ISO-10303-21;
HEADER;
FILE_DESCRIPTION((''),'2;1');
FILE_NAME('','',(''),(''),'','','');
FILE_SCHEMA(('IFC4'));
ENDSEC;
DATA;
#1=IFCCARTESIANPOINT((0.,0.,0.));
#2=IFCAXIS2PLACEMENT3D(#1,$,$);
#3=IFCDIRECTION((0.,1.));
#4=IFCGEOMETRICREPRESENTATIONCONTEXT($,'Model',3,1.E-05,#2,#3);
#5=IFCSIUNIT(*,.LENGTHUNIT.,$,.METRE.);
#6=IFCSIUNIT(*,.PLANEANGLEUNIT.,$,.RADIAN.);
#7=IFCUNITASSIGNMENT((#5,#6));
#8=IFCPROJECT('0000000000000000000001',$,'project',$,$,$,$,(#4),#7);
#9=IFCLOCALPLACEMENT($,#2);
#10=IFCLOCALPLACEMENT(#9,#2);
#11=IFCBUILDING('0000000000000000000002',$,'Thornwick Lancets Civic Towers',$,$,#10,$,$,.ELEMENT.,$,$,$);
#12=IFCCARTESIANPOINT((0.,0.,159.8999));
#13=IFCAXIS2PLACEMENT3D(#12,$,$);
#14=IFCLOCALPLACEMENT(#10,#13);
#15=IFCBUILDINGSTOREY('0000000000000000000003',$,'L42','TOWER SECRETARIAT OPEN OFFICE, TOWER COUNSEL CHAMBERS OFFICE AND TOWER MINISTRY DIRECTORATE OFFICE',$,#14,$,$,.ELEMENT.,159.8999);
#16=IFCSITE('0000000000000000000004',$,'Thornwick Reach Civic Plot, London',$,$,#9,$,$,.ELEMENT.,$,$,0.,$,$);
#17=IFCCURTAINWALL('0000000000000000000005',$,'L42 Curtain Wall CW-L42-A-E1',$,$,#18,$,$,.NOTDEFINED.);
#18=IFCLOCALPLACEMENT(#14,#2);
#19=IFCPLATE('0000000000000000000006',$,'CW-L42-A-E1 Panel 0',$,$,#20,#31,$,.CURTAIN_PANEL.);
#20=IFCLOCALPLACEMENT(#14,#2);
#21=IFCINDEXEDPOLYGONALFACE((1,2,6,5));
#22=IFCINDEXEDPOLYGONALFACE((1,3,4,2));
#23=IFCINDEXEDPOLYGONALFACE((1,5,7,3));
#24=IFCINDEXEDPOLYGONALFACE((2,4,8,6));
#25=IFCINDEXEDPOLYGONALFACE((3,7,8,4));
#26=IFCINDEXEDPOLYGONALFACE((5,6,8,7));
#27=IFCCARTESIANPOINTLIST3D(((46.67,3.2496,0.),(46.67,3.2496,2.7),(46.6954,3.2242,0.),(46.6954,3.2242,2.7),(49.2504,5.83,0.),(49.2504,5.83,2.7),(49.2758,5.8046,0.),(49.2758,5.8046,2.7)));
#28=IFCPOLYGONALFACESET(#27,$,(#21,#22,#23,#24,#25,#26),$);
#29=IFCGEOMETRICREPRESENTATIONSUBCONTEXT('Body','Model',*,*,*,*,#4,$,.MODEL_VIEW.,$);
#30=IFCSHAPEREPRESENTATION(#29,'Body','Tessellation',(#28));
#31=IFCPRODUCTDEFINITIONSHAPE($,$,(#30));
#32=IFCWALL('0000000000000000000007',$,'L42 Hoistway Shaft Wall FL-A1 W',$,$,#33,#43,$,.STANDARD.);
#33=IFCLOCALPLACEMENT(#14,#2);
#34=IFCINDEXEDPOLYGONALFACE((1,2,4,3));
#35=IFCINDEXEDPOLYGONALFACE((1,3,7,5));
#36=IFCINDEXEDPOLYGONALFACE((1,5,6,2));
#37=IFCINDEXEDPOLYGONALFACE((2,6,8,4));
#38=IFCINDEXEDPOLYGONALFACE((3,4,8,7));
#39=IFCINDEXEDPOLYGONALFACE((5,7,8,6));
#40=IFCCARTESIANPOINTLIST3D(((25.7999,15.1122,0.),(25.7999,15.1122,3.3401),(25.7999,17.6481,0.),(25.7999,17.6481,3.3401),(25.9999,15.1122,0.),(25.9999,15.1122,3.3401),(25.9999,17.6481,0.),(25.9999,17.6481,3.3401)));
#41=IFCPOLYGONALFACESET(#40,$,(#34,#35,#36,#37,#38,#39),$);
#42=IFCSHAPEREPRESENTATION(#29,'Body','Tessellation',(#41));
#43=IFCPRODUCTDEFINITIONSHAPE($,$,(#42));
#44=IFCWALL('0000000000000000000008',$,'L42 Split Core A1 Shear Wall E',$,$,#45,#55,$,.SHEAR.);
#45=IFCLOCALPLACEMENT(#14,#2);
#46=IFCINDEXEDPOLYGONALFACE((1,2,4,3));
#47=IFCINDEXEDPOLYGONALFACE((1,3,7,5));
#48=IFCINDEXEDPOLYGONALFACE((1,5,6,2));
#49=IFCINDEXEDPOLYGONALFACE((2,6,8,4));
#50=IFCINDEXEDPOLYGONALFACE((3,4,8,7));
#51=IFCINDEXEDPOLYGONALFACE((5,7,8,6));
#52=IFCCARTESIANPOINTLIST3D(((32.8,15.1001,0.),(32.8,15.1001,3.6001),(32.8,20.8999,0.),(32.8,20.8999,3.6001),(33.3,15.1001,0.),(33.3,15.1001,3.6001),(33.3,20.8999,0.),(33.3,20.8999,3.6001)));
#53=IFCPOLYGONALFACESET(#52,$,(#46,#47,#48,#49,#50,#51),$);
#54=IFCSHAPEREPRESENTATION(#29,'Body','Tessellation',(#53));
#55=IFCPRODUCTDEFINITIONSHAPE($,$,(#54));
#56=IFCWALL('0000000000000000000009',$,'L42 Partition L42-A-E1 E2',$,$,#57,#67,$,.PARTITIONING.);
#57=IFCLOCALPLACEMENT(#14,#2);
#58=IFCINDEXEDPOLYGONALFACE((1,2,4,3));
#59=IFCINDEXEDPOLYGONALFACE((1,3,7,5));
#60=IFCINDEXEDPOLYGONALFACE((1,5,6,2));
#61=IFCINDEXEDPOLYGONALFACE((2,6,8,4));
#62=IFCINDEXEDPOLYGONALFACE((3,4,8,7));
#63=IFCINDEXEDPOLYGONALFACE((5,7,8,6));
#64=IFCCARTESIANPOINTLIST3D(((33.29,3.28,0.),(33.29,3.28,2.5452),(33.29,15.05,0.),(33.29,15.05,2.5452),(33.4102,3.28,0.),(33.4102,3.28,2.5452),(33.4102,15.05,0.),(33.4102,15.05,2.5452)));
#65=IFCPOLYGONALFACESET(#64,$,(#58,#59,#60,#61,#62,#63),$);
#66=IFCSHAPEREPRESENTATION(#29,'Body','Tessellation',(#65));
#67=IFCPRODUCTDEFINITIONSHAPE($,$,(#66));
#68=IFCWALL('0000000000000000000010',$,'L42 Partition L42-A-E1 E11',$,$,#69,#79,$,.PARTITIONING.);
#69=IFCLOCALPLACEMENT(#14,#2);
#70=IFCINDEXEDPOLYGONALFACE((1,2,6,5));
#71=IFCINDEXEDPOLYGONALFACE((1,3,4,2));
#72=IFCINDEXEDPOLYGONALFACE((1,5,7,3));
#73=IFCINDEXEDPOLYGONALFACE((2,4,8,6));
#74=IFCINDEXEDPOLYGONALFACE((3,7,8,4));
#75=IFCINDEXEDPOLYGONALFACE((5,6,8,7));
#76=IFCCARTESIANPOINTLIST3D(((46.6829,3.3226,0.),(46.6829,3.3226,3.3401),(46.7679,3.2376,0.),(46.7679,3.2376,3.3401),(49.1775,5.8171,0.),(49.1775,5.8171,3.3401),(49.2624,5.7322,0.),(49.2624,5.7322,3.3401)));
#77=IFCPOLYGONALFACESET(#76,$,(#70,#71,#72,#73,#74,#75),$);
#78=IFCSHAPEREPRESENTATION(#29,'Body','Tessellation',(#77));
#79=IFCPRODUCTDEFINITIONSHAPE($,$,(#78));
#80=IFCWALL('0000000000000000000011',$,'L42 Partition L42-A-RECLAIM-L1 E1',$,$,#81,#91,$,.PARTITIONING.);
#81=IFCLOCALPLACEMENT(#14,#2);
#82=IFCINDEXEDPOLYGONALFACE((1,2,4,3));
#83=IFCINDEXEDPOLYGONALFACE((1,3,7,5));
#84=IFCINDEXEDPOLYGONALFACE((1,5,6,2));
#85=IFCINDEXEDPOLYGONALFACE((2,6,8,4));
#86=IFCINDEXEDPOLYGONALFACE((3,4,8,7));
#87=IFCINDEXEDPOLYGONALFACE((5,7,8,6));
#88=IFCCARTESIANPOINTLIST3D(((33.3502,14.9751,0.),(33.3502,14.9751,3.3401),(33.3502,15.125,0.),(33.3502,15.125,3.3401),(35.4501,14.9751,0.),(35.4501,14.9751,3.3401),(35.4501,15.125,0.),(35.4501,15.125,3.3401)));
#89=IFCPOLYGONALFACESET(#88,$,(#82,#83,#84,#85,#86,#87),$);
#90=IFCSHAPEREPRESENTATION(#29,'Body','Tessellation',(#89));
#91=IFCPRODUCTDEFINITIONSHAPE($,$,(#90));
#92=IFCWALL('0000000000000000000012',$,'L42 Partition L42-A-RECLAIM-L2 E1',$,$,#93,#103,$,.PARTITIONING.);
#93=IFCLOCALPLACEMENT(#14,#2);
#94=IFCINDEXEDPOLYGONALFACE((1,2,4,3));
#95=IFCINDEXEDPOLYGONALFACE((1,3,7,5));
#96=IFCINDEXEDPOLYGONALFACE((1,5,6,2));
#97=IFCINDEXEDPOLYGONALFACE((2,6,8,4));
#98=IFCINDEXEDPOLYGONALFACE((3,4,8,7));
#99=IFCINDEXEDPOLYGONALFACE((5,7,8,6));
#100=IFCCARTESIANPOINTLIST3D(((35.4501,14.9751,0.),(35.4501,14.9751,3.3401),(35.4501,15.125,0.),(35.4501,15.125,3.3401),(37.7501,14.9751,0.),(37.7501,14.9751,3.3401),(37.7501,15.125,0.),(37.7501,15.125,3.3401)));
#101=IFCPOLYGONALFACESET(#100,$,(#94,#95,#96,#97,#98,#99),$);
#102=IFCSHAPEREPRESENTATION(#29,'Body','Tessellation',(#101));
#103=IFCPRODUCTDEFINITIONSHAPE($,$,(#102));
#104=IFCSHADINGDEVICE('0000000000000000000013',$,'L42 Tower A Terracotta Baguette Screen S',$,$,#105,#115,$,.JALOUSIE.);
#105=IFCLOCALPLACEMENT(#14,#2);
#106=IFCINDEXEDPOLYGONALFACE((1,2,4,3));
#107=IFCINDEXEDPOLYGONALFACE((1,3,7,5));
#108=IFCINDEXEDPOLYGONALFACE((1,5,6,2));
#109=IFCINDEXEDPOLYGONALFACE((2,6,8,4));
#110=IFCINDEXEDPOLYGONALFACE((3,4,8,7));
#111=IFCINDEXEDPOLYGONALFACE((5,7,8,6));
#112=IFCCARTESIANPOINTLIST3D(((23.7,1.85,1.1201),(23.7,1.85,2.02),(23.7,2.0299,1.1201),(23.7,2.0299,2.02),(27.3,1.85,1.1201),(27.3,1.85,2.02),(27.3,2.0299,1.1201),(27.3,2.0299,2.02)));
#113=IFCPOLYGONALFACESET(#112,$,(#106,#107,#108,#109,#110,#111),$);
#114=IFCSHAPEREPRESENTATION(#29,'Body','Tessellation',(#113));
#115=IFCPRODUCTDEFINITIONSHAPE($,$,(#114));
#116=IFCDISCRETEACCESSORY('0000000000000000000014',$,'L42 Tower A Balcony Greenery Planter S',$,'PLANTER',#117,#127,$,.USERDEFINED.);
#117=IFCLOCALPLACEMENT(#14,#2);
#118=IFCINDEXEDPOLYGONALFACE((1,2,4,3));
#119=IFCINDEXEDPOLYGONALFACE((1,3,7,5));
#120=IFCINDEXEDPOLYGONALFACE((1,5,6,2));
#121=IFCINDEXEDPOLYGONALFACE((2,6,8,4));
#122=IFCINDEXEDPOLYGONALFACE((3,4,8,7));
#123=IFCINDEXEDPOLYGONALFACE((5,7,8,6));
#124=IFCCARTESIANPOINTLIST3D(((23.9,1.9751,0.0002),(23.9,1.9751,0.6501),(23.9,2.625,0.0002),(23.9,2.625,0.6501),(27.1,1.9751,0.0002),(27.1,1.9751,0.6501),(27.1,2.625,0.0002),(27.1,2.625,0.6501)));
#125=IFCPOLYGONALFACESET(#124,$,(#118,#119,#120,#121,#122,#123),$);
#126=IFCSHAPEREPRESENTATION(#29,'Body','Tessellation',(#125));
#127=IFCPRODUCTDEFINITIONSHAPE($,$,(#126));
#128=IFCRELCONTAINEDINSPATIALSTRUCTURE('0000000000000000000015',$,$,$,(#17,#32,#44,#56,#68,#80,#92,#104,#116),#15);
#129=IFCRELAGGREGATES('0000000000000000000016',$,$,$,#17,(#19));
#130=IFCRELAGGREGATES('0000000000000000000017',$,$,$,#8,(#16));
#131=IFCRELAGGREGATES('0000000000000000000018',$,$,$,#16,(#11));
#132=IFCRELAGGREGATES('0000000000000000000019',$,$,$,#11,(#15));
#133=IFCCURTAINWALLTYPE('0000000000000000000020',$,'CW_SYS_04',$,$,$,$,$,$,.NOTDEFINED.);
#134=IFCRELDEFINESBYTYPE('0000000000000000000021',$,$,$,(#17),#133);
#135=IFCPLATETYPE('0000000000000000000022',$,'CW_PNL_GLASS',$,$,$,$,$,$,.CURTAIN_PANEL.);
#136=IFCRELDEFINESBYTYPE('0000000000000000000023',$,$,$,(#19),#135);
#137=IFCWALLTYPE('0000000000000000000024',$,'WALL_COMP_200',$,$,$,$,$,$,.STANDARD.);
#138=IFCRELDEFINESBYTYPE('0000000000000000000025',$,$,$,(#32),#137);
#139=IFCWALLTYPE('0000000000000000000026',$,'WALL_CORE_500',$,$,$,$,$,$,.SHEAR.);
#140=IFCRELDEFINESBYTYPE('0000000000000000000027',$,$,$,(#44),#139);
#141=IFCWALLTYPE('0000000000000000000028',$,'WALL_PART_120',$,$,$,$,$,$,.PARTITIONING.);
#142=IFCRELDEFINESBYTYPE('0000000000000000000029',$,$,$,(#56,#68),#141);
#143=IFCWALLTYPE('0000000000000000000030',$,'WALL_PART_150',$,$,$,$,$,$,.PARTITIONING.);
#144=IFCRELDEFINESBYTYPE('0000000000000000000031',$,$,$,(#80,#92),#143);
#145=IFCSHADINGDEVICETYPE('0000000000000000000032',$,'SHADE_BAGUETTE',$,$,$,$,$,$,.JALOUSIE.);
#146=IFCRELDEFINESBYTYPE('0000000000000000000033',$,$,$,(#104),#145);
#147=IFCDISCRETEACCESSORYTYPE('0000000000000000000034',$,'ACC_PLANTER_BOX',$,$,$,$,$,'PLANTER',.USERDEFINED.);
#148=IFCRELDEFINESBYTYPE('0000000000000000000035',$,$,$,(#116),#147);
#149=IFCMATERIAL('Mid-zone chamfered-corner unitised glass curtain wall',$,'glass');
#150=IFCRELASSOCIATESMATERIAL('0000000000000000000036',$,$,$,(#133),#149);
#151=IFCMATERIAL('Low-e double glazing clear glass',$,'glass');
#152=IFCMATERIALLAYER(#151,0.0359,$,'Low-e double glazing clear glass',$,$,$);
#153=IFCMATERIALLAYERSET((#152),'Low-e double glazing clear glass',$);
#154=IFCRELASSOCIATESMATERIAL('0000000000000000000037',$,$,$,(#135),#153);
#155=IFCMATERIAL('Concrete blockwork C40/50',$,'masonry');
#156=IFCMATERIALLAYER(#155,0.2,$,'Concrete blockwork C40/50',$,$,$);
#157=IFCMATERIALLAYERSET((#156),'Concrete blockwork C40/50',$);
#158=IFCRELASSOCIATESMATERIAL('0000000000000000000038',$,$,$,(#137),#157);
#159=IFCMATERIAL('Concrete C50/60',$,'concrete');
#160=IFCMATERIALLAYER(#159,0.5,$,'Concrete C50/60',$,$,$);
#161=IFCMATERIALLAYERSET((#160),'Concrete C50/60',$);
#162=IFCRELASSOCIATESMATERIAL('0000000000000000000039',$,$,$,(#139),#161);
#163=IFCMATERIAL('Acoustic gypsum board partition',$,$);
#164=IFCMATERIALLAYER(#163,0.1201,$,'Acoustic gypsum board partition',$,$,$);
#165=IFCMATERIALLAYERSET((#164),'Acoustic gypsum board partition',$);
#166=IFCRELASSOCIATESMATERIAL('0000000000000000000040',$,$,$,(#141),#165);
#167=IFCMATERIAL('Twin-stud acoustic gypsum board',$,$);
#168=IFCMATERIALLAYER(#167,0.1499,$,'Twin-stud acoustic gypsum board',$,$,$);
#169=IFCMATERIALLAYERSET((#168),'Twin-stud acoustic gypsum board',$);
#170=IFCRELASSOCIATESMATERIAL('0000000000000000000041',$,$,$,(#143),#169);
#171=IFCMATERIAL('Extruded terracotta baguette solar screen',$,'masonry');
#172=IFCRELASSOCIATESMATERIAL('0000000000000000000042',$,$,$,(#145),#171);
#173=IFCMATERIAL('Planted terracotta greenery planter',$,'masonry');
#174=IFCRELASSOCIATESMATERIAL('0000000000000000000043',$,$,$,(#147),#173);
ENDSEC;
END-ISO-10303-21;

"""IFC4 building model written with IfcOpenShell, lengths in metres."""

from ifc_helpers import new_model, si_unit, direction, frame, frame_2d, origin, origin_2d, place, context, subcontext, project, spatial, rectangle, extrude, material, layer, layer_set, type_object, element, aggregate, save


model = new_model("IFC4")

# Units and contexts
model_context = context("Model", 3, precision=1e-05, world=origin(), true_north=direction((0.0, 1.0)))
body_context = subcontext(model_context, "Body", "Model", "MODEL_VIEW")
ifc_project = project(units=[si_unit("LENGTHUNIT", "METRE"), si_unit("PLANEANGLEUNIT", "RADIAN")], contexts=[model_context])

# Site, building, storey
site_placement = place(None, origin())
site = spatial("IfcSite", under=ifc_project, at=site_placement, Name="Thornwick Reach Civic Plot, London", CompositionType="ELEMENT", RefElevation=0.0)
building_placement = place(site_placement, origin())
building = spatial("IfcBuilding", under=site, at=building_placement, Name="Thornwick Lancets Civic Towers", CompositionType="ELEMENT")
storey_placement = place(building_placement, frame((0.0, 0.0, 159.8999)))
storey = spatial("IfcBuildingStorey", under=building, at=storey_placement, Name="L42", Description="TOWER SECRETARIAT OPEN OFFICE, TOWER COUNSEL CHAMBERS OFFICE AND TOWER MINISTRY DIRECTORATE OFFICE", CompositionType="ELEMENT", Elevation=159.8999)

# Shared definitions
ifc_material_1 = material(Name="Concrete C50/60", Category="concrete")

# Curtain wall, plate
ifc_material_2 = material(Name="Mid-zone chamfered-corner unitised glass curtain wall", Category="glass")
curtain_wall_type = type_object("IfcCurtainWallType", Name="CW_SYS_04", PredefinedType="NOTDEFINED", material=ifc_material_2)
curtain_wall_placement = place(storey_placement, origin())
curtain_wall = element("IfcCurtainWall", 1, at=curtain_wall_placement, inside=storey, type_object=curtain_wall_type, Name="L42 Curtain Wall CW-L42-A-E1", PredefinedType="NOTDEFINED")
ifc_material_3 = material(Name="Low-e double glazing clear glass", Category="glass")
ifc_layer_1 = layer(ifc_material_3, 0.0359, Name="Low-e double glazing clear glass")
ifc_layer_set_1 = layer_set([ifc_layer_1], Name="Low-e double glazing clear glass")
plate_type = type_object("IfcPlateType", Name="CW_PNL_GLASS", PredefinedType="CURTAIN_PANEL", material=ifc_layer_set_1)
plate_placement = place(storey_placement, frame((47.9729, 4.5271, 0.0), z_axis=(0.0, 0.0, 1.0), x_axis=(0.707107, 0.707107, 0.0)))
plate = element("IfcPlate", 2, at=plate_placement, type_object=plate_type, Name="CW-L42-A-E1 Panel 0", PredefinedType="CURTAIN_PANEL", context=body_context, shape_type="SweptSolid", body=[
    extrude(rectangle(XDim=3.6492, YDim=0.0359, at=origin_2d()), origin(), (0.0, 0.0, 1.0), 2.7),
])
aggregate(curtain_wall, [plate])

# Walls
ifc_material_4 = material(Name="Concrete blockwork C40/50", Category="masonry")
ifc_layer_2 = layer(ifc_material_4, 0.2, Name="Concrete blockwork C40/50")
ifc_layer_set_2 = layer_set([ifc_layer_2], Name="Concrete blockwork C40/50")
wall_type_1 = type_object("IfcWallType", Name="WALL_COMP_200", PredefinedType="STANDARD", material=ifc_layer_set_2)
wall_1_placement = place(storey_placement, frame((25.8999, 15.1121, 0.0), z_axis=(0.0, 0.0, 1.0), x_axis=(0.0, 1.0, 0.0)))
element("IfcWall", 3, at=wall_1_placement, inside=storey, type_object=wall_type_1, Name="L42 Hoistway Shaft Wall FL-A1 W", PredefinedType="STANDARD", context=body_context, shape_type="SweptSolid", body=[
    extrude(rectangle(XDim=2.5359, YDim=0.2, at=frame_2d((1.2681, 0.0))), origin(), (0.0, 0.0, 1.0), 3.3401),
])
ifc_layer_3 = layer(ifc_material_1, 0.5, Name="Concrete C50/60")
ifc_layer_set_3 = layer_set([ifc_layer_3], Name="Concrete C50/60")
wall_type_2 = type_object("IfcWallType", Name="WALL_CORE_500", PredefinedType="SHEAR", material=ifc_layer_set_3)
wall_2_placement = place(storey_placement, frame((33.05, 15.1001, 0.0), z_axis=(0.0, 0.0, 1.0), x_axis=(0.0, 1.0, 0.0)))
element("IfcWall", 4, at=wall_2_placement, inside=storey, type_object=wall_type_2, Name="L42 Split Core A1 Shear Wall E", PredefinedType="SHEAR", context=body_context, shape_type="SweptSolid", body=[
    extrude(rectangle(XDim=5.7998, YDim=0.5, at=frame_2d((2.8999, 0.0))), origin(), (0.0, 0.0, 1.0), 3.6001),
])
ifc_material_5 = material(Name="Acoustic gypsum board partition")
ifc_layer_4 = layer(ifc_material_5, 0.1201, Name="Acoustic gypsum board partition")
ifc_layer_set_4 = layer_set([ifc_layer_4], Name="Acoustic gypsum board partition")
wall_type_3 = type_object("IfcWallType", Name="WALL_PART_120", PredefinedType="PARTITIONING", material=ifc_layer_set_4)
wall_3_placement = place(storey_placement, frame((33.3501, 3.28, 0.0), z_axis=(0.0, 0.0, 1.0), x_axis=(0.0, 1.0, 0.0)))
element("IfcWall", 5, at=wall_3_placement, inside=storey, type_object=wall_type_3, Name="L42 Partition L42-A-E1 E2", PredefinedType="PARTITIONING", context=body_context, shape_type="SweptSolid", body=[
    extrude(rectangle(XDim=11.77, YDim=0.1201, at=frame_2d((5.885, 0.0))), origin(), (0.0, 0.0, 1.0), 2.5452),
])
wall_4_placement = place(storey_placement, frame((49.22, 5.7747, 0.0), z_axis=(0.0, 0.0, 1.0), x_axis=(-0.707107, -0.707107, 0.0)))
element("IfcWall", 6, at=wall_4_placement, inside=storey, type_object=wall_type_3, Name="L42 Partition L42-A-E1 E11", PredefinedType="PARTITIONING", context=body_context, shape_type="SweptSolid", body=[
    extrude(rectangle(XDim=3.5278, YDim=0.1201, at=frame_2d((1.7639, 0.0))), origin(), (0.0, 0.0, 1.0), 3.3401),
])
ifc_material_6 = material(Name="Twin-stud acoustic gypsum board")
ifc_layer_5 = layer(ifc_material_6, 0.1499, Name="Twin-stud acoustic gypsum board")
ifc_layer_set_5 = layer_set([ifc_layer_5], Name="Twin-stud acoustic gypsum board")
wall_type_4 = type_object("IfcWallType", Name="WALL_PART_150", PredefinedType="PARTITIONING", material=ifc_layer_set_5)
wall_5_placement = place(storey_placement, frame((35.45, 15.05, 0.0), z_axis=(0.0, 0.0, 1.0), x_axis=(-1.0, 0.0, 0.0)))
element("IfcWall", 7, at=wall_5_placement, inside=storey, type_object=wall_type_4, Name="L42 Partition L42-A-RECLAIM-L1 E1", PredefinedType="PARTITIONING", context=body_context, shape_type="SweptSolid", body=[
    extrude(rectangle(XDim=2.0999, YDim=0.1499, at=frame_2d((1.0498, 0.0))), origin(), (0.0, 0.0, 1.0), 3.3401),
])
wall_6_placement = place(storey_placement, frame((37.75, 15.05, 0.0), z_axis=(0.0, 0.0, 1.0), x_axis=(-1.0, 0.0, 0.0)))
element("IfcWall", 8, at=wall_6_placement, inside=storey, type_object=wall_type_4, Name="L42 Partition L42-A-RECLAIM-L2 E1", PredefinedType="PARTITIONING", context=body_context, shape_type="SweptSolid", body=[
    extrude(rectangle(XDim=2.3, YDim=0.1499, at=frame_2d((1.1499, 0.0))), origin(), (0.0, 0.0, 1.0), 3.3401),
])

# Shading device
ifc_material_7 = material(Name="Extruded terracotta baguette solar screen", Category="masonry")
shading_device_type = type_object("IfcShadingDeviceType", Name="SHADE_BAGUETTE", PredefinedType="JALOUSIE", material=ifc_material_7)
shading_device_placement = place(storey_placement, frame((25.5, 1.9399, 1.1201), z_axis=(0.0, 0.0, 1.0), x_axis=(1.0, 0.0, 0.0)))
element("IfcShadingDevice", 9, at=shading_device_placement, inside=storey, type_object=shading_device_type, Name="L42 Tower A Terracotta Baguette Screen S", PredefinedType="JALOUSIE", context=body_context, shape_type="SweptSolid", body=[
    extrude(rectangle(XDim=3.6001, YDim=0.1799, at=origin_2d()), origin(), (0.0, 0.0, 1.0), 0.8999),
])

# Discrete accessory
ifc_material_8 = material(Name="Planted terracotta greenery planter", Category="masonry")
discrete_accessory_type = type_object("IfcDiscreteAccessoryType", Name="ACC_PLANTER_BOX", ElementType="PLANTER", PredefinedType="USERDEFINED", material=ifc_material_8)
discrete_accessory_placement = place(storey_placement, frame((25.5, 2.3, 0.0002), z_axis=(0.0, 0.0, 1.0), x_axis=(1.0, 0.0, 0.0)))
element("IfcDiscreteAccessory", 10, at=discrete_accessory_placement, inside=storey, type_object=discrete_accessory_type, Name="L42 Tower A Balcony Greenery Planter S", ObjectType="PLANTER", PredefinedType="USERDEFINED", context=body_context, shape_type="SweptSolid", body=[
    extrude(rectangle(XDim=3.2, YDim=0.6499, at=origin_2d()), origin(), (0.0, 0.0, 1.0), 0.6499),
])

save(model, "model.ifc")
